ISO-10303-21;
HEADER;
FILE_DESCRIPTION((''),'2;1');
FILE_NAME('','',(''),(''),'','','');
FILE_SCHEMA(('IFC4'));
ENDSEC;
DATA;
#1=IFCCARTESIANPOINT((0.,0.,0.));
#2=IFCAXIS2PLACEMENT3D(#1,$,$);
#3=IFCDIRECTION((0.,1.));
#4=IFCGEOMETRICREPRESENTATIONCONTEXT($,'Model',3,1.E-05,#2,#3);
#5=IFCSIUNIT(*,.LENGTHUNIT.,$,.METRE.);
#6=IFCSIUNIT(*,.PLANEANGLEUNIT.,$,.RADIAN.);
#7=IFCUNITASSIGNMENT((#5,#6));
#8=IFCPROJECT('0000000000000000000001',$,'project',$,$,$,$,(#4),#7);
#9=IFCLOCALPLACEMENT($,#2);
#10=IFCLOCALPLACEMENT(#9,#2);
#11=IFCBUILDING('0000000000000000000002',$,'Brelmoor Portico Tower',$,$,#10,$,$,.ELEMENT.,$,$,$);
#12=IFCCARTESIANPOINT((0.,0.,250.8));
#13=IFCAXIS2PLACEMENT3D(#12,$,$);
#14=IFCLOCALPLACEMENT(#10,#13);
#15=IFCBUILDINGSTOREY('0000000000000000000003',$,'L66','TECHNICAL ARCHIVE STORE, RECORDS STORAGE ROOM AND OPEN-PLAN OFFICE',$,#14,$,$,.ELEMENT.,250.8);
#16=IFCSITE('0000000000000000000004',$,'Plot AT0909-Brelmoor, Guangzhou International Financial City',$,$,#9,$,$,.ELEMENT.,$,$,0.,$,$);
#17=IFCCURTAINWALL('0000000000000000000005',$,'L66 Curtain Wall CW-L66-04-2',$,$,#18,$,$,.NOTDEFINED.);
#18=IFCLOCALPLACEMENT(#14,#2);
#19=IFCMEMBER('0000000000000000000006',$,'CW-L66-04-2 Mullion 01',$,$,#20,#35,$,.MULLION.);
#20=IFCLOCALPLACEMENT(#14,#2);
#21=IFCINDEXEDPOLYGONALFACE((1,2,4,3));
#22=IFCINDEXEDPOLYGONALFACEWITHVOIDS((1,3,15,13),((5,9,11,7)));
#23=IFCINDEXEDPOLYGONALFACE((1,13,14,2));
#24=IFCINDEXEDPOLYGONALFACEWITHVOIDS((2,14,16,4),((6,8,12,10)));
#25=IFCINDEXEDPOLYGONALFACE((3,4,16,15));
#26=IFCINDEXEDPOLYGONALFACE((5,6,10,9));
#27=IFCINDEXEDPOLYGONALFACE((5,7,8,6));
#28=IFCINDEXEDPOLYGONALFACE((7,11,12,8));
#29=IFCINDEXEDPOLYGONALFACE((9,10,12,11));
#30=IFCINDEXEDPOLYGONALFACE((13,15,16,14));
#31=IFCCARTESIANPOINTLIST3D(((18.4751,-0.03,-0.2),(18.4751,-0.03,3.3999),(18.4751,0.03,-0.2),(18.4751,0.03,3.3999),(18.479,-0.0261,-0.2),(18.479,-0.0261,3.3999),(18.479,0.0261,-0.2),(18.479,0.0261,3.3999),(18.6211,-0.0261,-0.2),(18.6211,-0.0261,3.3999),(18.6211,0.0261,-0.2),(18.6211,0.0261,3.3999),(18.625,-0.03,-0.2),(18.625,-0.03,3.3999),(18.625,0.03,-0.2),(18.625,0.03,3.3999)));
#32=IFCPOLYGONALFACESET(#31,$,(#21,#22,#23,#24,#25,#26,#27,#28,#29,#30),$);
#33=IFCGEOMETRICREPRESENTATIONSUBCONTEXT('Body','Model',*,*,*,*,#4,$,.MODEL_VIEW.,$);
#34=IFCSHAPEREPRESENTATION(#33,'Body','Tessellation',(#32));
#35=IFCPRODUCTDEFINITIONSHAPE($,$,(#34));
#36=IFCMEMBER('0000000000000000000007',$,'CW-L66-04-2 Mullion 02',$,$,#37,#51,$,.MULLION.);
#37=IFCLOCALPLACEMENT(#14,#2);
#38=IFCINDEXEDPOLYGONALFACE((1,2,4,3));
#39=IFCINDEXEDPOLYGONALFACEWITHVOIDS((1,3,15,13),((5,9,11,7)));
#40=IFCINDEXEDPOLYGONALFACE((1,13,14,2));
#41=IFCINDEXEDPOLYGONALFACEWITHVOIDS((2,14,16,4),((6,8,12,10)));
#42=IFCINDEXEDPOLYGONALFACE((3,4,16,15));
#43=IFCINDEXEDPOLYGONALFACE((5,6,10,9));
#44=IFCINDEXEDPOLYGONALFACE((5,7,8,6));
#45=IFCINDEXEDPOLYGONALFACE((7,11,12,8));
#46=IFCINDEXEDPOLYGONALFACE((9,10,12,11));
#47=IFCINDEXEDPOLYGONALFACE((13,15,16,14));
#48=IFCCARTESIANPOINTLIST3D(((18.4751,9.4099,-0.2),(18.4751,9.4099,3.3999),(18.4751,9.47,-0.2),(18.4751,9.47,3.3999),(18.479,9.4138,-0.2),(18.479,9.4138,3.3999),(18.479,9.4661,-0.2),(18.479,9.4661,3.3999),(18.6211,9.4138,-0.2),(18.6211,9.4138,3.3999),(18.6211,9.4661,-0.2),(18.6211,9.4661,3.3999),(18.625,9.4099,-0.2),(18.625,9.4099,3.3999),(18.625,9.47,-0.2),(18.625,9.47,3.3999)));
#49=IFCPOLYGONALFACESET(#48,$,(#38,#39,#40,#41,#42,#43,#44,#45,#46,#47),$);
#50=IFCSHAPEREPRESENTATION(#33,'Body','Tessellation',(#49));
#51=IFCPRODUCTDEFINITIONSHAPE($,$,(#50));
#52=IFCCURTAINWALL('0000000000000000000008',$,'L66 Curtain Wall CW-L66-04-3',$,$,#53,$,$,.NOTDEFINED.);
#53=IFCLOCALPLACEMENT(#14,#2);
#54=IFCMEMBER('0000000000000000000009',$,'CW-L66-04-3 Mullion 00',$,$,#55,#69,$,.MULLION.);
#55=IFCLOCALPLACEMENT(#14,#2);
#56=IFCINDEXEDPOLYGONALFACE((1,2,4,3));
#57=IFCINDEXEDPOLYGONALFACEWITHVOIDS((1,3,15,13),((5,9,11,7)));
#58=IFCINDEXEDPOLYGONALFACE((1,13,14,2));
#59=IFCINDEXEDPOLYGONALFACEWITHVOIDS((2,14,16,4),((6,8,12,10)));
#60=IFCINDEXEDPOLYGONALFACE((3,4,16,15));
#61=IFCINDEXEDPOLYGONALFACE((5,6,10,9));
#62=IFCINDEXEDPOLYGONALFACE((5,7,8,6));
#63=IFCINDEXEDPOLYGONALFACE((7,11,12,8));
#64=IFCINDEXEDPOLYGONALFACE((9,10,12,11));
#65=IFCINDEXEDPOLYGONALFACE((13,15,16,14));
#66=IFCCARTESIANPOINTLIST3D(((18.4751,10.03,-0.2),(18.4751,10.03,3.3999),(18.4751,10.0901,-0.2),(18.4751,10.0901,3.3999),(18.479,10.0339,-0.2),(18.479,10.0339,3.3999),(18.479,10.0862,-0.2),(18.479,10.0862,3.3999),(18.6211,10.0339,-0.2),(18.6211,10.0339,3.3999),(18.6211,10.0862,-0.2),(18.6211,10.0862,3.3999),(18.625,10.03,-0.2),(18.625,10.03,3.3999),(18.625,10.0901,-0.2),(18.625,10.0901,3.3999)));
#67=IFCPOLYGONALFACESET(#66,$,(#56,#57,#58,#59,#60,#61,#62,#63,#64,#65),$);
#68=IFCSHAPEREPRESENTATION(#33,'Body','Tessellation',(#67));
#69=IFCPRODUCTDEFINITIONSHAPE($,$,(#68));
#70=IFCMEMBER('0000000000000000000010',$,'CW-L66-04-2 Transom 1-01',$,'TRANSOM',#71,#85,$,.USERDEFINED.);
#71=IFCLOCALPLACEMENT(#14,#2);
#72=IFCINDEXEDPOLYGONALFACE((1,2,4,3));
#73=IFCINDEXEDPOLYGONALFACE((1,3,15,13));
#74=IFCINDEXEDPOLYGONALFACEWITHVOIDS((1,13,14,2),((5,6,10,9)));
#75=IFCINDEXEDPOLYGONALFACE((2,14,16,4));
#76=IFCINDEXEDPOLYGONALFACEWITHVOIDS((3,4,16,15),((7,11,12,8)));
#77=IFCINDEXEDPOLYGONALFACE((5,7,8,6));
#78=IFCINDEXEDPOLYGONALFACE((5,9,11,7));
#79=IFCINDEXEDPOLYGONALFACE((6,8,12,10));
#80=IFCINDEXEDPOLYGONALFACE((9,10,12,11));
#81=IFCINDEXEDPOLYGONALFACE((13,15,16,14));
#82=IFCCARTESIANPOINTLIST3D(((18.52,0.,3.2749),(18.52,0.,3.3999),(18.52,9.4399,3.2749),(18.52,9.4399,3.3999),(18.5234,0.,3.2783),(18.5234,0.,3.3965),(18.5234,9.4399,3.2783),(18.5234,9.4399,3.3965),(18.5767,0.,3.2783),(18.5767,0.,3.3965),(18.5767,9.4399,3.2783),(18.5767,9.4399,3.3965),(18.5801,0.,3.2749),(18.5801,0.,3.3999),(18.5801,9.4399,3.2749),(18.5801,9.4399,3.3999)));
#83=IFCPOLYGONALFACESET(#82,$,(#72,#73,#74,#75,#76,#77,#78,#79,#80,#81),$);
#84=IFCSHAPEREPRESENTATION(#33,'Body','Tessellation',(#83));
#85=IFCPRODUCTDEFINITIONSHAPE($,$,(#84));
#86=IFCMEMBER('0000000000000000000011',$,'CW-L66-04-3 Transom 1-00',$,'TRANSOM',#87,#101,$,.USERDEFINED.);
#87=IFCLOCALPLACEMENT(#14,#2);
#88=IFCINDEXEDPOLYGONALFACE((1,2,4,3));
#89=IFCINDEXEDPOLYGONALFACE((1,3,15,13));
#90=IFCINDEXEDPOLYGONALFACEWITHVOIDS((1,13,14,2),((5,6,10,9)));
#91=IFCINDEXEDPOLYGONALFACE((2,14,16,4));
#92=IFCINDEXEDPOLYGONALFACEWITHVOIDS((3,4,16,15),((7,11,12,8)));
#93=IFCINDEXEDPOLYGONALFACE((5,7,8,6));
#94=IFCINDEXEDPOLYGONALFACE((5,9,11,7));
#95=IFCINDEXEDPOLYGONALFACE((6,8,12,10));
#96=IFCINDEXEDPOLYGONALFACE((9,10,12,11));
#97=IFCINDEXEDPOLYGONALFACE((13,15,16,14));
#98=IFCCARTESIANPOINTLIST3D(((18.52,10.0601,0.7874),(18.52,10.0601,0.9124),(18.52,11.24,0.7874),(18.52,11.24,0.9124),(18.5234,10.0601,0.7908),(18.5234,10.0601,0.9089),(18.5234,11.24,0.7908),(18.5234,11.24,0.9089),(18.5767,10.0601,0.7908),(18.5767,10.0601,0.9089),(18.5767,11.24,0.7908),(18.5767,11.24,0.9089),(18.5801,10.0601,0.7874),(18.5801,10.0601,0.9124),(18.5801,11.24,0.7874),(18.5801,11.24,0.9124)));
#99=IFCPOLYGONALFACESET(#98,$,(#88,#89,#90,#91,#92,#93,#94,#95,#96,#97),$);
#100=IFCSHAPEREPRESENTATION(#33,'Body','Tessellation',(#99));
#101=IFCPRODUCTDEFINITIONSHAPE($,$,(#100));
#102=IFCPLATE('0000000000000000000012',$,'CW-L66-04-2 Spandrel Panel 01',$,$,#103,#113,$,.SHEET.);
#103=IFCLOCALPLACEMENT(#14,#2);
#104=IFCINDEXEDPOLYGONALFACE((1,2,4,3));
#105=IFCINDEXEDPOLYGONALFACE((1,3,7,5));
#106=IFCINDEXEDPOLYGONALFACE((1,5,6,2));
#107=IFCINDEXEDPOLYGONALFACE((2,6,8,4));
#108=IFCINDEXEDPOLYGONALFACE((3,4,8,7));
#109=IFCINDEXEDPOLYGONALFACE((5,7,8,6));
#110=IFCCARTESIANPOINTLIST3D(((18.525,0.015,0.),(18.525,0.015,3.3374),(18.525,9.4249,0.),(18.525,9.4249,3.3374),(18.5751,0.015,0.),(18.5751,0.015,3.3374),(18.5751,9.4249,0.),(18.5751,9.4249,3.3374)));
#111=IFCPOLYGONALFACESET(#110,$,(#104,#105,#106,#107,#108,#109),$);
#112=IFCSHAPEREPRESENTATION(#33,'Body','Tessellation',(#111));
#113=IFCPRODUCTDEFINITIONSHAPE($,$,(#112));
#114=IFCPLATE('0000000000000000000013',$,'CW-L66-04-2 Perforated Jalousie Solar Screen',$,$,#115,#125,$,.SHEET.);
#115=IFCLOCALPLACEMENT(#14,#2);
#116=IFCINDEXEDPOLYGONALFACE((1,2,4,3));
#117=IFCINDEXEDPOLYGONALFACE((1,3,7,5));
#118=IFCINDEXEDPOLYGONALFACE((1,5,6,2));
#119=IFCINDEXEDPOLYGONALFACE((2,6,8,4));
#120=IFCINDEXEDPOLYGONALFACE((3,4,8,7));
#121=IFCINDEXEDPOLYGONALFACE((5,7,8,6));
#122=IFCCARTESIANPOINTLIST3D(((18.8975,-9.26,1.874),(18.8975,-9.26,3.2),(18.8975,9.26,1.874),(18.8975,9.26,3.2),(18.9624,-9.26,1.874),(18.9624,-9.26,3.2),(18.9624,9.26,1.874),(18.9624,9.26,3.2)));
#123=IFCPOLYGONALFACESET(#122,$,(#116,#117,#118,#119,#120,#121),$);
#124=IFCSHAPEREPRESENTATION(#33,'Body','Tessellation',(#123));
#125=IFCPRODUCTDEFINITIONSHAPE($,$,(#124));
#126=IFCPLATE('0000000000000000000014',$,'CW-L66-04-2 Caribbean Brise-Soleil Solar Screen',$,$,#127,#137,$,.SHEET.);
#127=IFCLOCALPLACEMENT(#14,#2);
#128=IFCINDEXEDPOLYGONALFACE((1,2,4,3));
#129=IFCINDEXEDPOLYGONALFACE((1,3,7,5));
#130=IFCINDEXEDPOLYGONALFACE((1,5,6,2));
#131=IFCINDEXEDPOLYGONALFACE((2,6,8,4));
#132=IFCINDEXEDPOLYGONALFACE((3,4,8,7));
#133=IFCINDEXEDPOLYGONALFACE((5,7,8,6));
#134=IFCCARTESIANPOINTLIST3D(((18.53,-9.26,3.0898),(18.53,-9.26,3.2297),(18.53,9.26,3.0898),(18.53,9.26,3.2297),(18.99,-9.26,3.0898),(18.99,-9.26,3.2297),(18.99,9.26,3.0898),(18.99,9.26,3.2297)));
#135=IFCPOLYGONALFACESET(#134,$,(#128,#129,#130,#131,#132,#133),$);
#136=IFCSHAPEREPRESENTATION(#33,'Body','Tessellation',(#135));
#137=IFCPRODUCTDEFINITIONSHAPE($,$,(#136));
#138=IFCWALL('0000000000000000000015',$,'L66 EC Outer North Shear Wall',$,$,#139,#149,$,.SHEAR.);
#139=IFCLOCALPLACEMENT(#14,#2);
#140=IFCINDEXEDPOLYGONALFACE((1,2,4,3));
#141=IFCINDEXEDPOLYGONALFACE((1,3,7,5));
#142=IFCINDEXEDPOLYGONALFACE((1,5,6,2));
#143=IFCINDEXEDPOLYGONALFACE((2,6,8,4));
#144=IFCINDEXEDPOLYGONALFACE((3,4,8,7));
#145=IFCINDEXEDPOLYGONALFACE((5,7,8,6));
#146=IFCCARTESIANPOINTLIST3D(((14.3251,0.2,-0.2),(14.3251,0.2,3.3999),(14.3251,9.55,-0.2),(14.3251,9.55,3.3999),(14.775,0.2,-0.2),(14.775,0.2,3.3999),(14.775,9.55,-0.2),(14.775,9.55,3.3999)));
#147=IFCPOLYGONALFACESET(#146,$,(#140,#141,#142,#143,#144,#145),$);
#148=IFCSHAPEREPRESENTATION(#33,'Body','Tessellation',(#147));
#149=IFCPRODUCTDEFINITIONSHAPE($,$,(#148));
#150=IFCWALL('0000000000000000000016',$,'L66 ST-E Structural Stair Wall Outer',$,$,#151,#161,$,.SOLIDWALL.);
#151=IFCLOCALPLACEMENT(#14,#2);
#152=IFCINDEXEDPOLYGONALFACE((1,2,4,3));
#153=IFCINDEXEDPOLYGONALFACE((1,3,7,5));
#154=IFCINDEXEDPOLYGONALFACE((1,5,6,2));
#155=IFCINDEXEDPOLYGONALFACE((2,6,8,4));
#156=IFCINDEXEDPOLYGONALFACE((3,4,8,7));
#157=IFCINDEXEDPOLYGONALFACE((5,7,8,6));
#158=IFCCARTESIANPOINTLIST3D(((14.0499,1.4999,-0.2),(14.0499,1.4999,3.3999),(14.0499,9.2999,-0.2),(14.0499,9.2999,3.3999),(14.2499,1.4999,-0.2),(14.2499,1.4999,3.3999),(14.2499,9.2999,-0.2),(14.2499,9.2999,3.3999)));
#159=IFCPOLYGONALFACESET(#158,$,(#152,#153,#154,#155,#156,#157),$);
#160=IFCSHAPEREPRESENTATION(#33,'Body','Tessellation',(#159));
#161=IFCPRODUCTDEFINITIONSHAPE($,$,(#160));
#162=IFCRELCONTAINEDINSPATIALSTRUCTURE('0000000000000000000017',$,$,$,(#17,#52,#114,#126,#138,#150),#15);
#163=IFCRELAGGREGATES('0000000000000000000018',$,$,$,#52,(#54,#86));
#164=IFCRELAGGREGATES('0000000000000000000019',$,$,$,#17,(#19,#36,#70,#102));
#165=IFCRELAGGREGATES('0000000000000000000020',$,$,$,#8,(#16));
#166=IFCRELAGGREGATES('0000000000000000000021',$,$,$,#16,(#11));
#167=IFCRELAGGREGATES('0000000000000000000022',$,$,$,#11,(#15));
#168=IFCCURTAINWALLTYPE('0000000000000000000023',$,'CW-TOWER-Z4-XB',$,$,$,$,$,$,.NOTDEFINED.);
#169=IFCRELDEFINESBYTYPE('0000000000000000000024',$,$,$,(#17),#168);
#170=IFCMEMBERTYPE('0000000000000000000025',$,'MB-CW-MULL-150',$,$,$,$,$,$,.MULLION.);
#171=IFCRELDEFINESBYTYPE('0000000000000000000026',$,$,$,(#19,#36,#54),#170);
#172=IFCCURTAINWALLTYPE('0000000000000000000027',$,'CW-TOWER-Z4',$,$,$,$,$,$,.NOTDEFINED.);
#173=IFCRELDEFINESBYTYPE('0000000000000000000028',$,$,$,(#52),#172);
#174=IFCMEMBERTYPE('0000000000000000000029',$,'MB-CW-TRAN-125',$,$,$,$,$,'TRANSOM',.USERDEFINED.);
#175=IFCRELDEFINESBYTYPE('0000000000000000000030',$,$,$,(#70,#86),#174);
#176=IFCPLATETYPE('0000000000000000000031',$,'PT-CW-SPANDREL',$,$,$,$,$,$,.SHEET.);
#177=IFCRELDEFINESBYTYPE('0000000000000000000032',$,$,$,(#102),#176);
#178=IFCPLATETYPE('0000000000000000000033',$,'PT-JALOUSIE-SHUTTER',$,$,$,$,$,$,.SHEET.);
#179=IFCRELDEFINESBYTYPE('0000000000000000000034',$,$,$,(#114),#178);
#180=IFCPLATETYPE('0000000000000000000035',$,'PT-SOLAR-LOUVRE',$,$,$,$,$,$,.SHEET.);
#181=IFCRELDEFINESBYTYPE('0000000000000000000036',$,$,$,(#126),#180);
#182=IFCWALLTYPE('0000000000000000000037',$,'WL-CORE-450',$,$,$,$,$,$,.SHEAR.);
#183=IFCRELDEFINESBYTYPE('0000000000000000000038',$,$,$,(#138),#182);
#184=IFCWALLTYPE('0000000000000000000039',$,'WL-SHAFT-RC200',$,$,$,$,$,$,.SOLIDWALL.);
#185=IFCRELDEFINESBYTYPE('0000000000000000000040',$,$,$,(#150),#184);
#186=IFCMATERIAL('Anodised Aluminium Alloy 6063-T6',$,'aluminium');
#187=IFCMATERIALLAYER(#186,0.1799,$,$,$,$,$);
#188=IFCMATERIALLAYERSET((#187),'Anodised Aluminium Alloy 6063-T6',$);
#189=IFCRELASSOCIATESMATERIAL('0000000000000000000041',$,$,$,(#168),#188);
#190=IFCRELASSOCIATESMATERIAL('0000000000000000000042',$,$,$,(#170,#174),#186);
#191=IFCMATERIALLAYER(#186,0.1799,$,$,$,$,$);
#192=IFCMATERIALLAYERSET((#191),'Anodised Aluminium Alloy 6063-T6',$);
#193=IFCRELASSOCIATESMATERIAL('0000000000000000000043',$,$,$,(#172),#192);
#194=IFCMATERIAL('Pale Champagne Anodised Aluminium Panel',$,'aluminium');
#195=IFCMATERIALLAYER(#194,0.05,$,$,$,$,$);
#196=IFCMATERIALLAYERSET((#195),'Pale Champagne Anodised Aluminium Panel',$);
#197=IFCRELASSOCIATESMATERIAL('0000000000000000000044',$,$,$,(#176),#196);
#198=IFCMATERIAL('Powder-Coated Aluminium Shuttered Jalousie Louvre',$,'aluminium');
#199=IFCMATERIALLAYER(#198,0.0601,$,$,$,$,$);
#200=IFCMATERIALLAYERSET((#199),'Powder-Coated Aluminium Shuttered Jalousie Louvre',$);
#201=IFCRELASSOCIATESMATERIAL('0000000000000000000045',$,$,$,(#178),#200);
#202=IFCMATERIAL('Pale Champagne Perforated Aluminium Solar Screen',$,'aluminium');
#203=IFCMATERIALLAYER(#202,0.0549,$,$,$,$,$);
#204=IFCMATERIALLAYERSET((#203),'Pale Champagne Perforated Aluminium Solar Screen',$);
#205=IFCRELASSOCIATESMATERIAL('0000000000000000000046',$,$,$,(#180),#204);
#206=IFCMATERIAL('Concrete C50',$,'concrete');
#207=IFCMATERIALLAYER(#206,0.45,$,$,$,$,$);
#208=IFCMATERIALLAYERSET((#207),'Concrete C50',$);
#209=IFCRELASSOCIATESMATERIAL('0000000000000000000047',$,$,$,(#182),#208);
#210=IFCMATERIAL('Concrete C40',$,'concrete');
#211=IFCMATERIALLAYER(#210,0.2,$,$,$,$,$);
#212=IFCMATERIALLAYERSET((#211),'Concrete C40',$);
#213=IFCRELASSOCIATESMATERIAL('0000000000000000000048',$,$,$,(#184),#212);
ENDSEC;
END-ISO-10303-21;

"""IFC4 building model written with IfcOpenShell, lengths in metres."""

from ifc_helpers import new_model, si_unit, direction, frame, frame_2d, origin, origin_2d, place, context, subcontext, project, spatial, rectangle, hollow_rectangle, extrude, material, layer, layer_set, material_profile, profile_set, type_object, element, aggregate, save


model = new_model("IFC4")

# Units and contexts
model_context = context("Model", 3, precision=1e-05, world=origin(), true_north=direction((0.0, 1.0)))
body_context = subcontext(model_context, "Body", "Model", "MODEL_VIEW")
ifc_project = project(units=[si_unit("LENGTHUNIT", "METRE"), si_unit("PLANEANGLEUNIT", "RADIAN")], contexts=[model_context])

# Site, building, storey
site_placement = place(None, origin())
site = spatial("IfcSite", under=ifc_project, at=site_placement, Name="Plot AT0909-Brelmoor, Guangzhou International Financial City", CompositionType="ELEMENT", RefElevation=0.0)
building_placement = place(site_placement, origin())
building = spatial("IfcBuilding", under=site, at=building_placement, Name="Brelmoor Portico Tower", CompositionType="ELEMENT")
storey_placement = place(building_placement, frame((0.0, 0.0, 250.8)))
storey = spatial("IfcBuildingStorey", under=building, at=storey_placement, Name="L66", Description="TECHNICAL ARCHIVE STORE, RECORDS STORAGE ROOM AND OPEN-PLAN OFFICE", CompositionType="ELEMENT", Elevation=250.8)

# Curtain wall, members
ifc_material_1 = material(Name="Anodised Aluminium Alloy 6063-T6", Category="aluminium")
ifc_layer_1 = layer(ifc_material_1, 0.1799)
ifc_layer_set_1 = layer_set([ifc_layer_1], Name="Anodised Aluminium Alloy 6063-T6")
curtain_wall_type_1 = type_object("IfcCurtainWallType", Name="CW-TOWER-Z4-XB", PredefinedType="NOTDEFINED", material=ifc_layer_set_1)
curtain_wall_1_placement = place(storey_placement, origin())
curtain_wall_1 = element("IfcCurtainWall", 1, at=curtain_wall_1_placement, inside=storey, type_object=curtain_wall_type_1, Name="L66 Curtain Wall CW-L66-04-2", PredefinedType="NOTDEFINED")
ifc_material_profile_1 = material_profile(ifc_material_1, hollow_rectangle(XDim=0.0601, YDim=0.1499, WallThickness=0.0039, at=origin_2d()), Name="ALU MULLION 60x150")
ifc_profile_set_1 = profile_set([ifc_material_profile_1], Name="Anodised Aluminium Alloy 6063-T6")
member_type_1 = type_object("IfcMemberType", Name="MB-CW-MULL-150", PredefinedType="MULLION", material=ifc_profile_set_1)
member_1_placement = place(storey_placement, frame((18.55, 0.0, -0.2), z_axis=(0.0, 0.0, 1.0), x_axis=(0.0, 1.0, 0.0)))
member_1 = element("IfcMember", 2, at=member_1_placement, type_object=member_type_1, Name="CW-L66-04-2 Mullion 01", PredefinedType="MULLION", context=body_context, shape_type="SweptSolid", body=[
    extrude(hollow_rectangle(XDim=0.0601, YDim=0.1499, WallThickness=0.0039, at=origin_2d()), origin(), (0.0, 0.0, 1.0), 3.5999),
])
member_2_placement = place(storey_placement, frame((18.55, 9.4399, -0.2), z_axis=(0.0, 0.0, 1.0), x_axis=(0.0, 1.0, 0.0)))
member_2 = element("IfcMember", 3, at=member_2_placement, type_object=member_type_1, Name="CW-L66-04-2 Mullion 02", PredefinedType="MULLION", context=body_context, shape_type="SweptSolid", body=[
    extrude(hollow_rectangle(XDim=0.0601, YDim=0.1499, WallThickness=0.0039, at=origin_2d()), origin(), (0.0, 0.0, 1.0), 3.5999),
])

# Curtain wall, member
ifc_layer_2 = layer(ifc_material_1, 0.1799)
ifc_layer_set_2 = layer_set([ifc_layer_2], Name="Anodised Aluminium Alloy 6063-T6")
curtain_wall_type_2 = type_object("IfcCurtainWallType", Name="CW-TOWER-Z4", PredefinedType="NOTDEFINED", material=ifc_layer_set_2)
curtain_wall_2_placement = place(storey_placement, origin())
curtain_wall_2 = element("IfcCurtainWall", 4, at=curtain_wall_2_placement, inside=storey, type_object=curtain_wall_type_2, Name="L66 Curtain Wall CW-L66-04-3", PredefinedType="NOTDEFINED")
member_3_placement = place(storey_placement, frame((18.55, 10.0601, -0.2), z_axis=(0.0, 0.0, 1.0), x_axis=(0.0, 1.0, 0.0)))
member_3 = element("IfcMember", 5, at=member_3_placement, type_object=member_type_1, Name="CW-L66-04-3 Mullion 00", PredefinedType="MULLION", context=body_context, shape_type="SweptSolid", body=[
    extrude(hollow_rectangle(XDim=0.0601, YDim=0.1499, WallThickness=0.0039, at=origin_2d()), origin(), (0.0, 0.0, 1.0), 3.5999),
])

# Members
ifc_material_profile_2 = material_profile(ifc_material_1, hollow_rectangle(XDim=0.0601, YDim=0.125, WallThickness=0.0034, at=origin_2d()), Name="ALU TRANSOM 60x125")
ifc_profile_set_2 = profile_set([ifc_material_profile_2], Name="Anodised Aluminium Alloy 6063-T6")
member_type_2 = type_object("IfcMemberType", Name="MB-CW-TRAN-125", ElementType="TRANSOM", PredefinedType="USERDEFINED", material=ifc_profile_set_2)
member_4_placement = place(storey_placement, frame((18.55, 0.0, 3.3374), z_axis=(0.0, 1.0, 0.0), x_axis=(-1.0, 0.0, 0.0)))
member_4 = element("IfcMember", 6, at=member_4_placement, type_object=member_type_2, Name="CW-L66-04-2 Transom 1-01", ObjectType="TRANSOM", PredefinedType="USERDEFINED", context=body_context, shape_type="SweptSolid", body=[
    extrude(hollow_rectangle(XDim=0.0601, YDim=0.125, WallThickness=0.0034, at=origin_2d()), origin(), (0.0, 0.0, 1.0), 9.4399),
])
member_5_placement = place(storey_placement, frame((18.55, 10.0601, 0.8499), z_axis=(0.0, 1.0, 0.0), x_axis=(-1.0, 0.0, 0.0)))
member_5 = element("IfcMember", 7, at=member_5_placement, type_object=member_type_2, Name="CW-L66-04-3 Transom 1-00", ObjectType="TRANSOM", PredefinedType="USERDEFINED", context=body_context, shape_type="SweptSolid", body=[
    extrude(hollow_rectangle(XDim=0.0601, YDim=0.125, WallThickness=0.0034, at=origin_2d()), origin(), (0.0, 0.0, 1.0), 1.1799),
])
aggregate(curtain_wall_2, [member_3, member_5])

# Plate
ifc_material_2 = material(Name="Pale Champagne Anodised Aluminium Panel", Category="aluminium")
ifc_layer_3 = layer(ifc_material_2, 0.05)
ifc_layer_set_3 = layer_set([ifc_layer_3], Name="Pale Champagne Anodised Aluminium Panel")
plate_type_1 = type_object("IfcPlateType", Name="PT-CW-SPANDREL", PredefinedType="SHEET", material=ifc_layer_set_3)
plate_1_placement = place(storey_placement, frame((18.55, 4.72, 0.0), z_axis=(0.0, 0.0, 1.0), x_axis=(0.0, 1.0, 0.0)))
plate_1 = element("IfcPlate", 8, at=plate_1_placement, type_object=plate_type_1, Name="CW-L66-04-2 Spandrel Panel 01", PredefinedType="SHEET", context=body_context, shape_type="SweptSolid", body=[
    extrude(rectangle(XDim=9.4099, YDim=0.05, at=origin_2d()), origin(), (0.0, 0.0, 1.0), 3.3374),
])
aggregate(curtain_wall_1, [member_1, member_2, member_4, plate_1])

# Plates
ifc_material_3 = material(Name="Powder-Coated Aluminium Shuttered Jalousie Louvre", Category="aluminium")
ifc_layer_4 = layer(ifc_material_3, 0.0601)
ifc_layer_set_4 = layer_set([ifc_layer_4], Name="Powder-Coated Aluminium Shuttered Jalousie Louvre")
plate_type_2 = type_object("IfcPlateType", Name="PT-JALOUSIE-SHUTTER", PredefinedType="SHEET", material=ifc_layer_set_4)
plate_2_placement = place(storey_placement, frame((18.9299, 0.0, 1.874), z_axis=(0.0, 0.0, 1.0), x_axis=(0.0, 1.0, 0.0)))
element("IfcPlate", 9, at=plate_2_placement, inside=storey, type_object=plate_type_2, Name="CW-L66-04-2 Perforated Jalousie Solar Screen", PredefinedType="SHEET", context=body_context, shape_type="SweptSolid", body=[
    extrude(rectangle(XDim=18.52, YDim=0.0649, at=origin_2d()), origin(), (0.0, 0.0, 1.0), 1.3259),
])
ifc_material_4 = material(Name="Pale Champagne Perforated Aluminium Solar Screen", Category="aluminium")
ifc_layer_5 = layer(ifc_material_4, 0.0549)
ifc_layer_set_5 = layer_set([ifc_layer_5], Name="Pale Champagne Perforated Aluminium Solar Screen")
plate_type_3 = type_object("IfcPlateType", Name="PT-SOLAR-LOUVRE", PredefinedType="SHEET", material=ifc_layer_set_5)
plate_3_placement = place(storey_placement, frame((18.76, 0.0, 3.0898), z_axis=(0.0, 0.0, 1.0), x_axis=(0.0, 1.0, 0.0)))
element("IfcPlate", 10, at=plate_3_placement, inside=storey, type_object=plate_type_3, Name="CW-L66-04-2 Caribbean Brise-Soleil Solar Screen", PredefinedType="SHEET", context=body_context, shape_type="SweptSolid", body=[
    extrude(rectangle(XDim=18.52, YDim=0.46, at=origin_2d()), origin(), (0.0, 0.0, 1.0), 0.1399),
])

# Walls
ifc_material_5 = material(Name="Concrete C50", Category="concrete")
ifc_layer_6 = layer(ifc_material_5, 0.45)
ifc_layer_set_6 = layer_set([ifc_layer_6], Name="Concrete C50")
wall_type_1 = type_object("IfcWallType", Name="WL-CORE-450", PredefinedType="SHEAR", material=ifc_layer_set_6)
wall_1_placement = place(storey_placement, frame((14.55, 0.2, -0.2), z_axis=(0.0, 0.0, 1.0), x_axis=(0.0, 1.0, 0.0)))
element("IfcWall", 11, at=wall_1_placement, inside=storey, type_object=wall_type_1, Name="L66 EC Outer North Shear Wall", PredefinedType="SHEAR", context=body_context, shape_type="SweptSolid", body=[
    extrude(rectangle(XDim=9.3501, YDim=0.45, at=frame_2d((4.675, 0.0))), origin(), (0.0, 0.0, 1.0), 3.5999),
])
ifc_material_6 = material(Name="Concrete C40", Category="concrete")
ifc_layer_7 = layer(ifc_material_6, 0.2)
ifc_layer_set_7 = layer_set([ifc_layer_7], Name="Concrete C40")
wall_type_2 = type_object("IfcWallType", Name="WL-SHAFT-RC200", PredefinedType="SOLIDWALL", material=ifc_layer_set_7)
wall_2_placement = place(storey_placement, frame((14.1499, 1.5, -0.2), z_axis=(0.0, 0.0, 1.0), x_axis=(0.0, 1.0, 0.0)))
element("IfcWall", 12, at=wall_2_placement, inside=storey, type_object=wall_type_2, Name="L66 ST-E Structural Stair Wall Outer", PredefinedType="SOLIDWALL", context=body_context, shape_type="SweptSolid", body=[
    extrude(rectangle(XDim=7.8, YDim=0.2, at=frame_2d((3.8999, 0.0))), origin(), (0.0, 0.0, 1.0), 3.5999),
])

save(model, "model.ifc")
